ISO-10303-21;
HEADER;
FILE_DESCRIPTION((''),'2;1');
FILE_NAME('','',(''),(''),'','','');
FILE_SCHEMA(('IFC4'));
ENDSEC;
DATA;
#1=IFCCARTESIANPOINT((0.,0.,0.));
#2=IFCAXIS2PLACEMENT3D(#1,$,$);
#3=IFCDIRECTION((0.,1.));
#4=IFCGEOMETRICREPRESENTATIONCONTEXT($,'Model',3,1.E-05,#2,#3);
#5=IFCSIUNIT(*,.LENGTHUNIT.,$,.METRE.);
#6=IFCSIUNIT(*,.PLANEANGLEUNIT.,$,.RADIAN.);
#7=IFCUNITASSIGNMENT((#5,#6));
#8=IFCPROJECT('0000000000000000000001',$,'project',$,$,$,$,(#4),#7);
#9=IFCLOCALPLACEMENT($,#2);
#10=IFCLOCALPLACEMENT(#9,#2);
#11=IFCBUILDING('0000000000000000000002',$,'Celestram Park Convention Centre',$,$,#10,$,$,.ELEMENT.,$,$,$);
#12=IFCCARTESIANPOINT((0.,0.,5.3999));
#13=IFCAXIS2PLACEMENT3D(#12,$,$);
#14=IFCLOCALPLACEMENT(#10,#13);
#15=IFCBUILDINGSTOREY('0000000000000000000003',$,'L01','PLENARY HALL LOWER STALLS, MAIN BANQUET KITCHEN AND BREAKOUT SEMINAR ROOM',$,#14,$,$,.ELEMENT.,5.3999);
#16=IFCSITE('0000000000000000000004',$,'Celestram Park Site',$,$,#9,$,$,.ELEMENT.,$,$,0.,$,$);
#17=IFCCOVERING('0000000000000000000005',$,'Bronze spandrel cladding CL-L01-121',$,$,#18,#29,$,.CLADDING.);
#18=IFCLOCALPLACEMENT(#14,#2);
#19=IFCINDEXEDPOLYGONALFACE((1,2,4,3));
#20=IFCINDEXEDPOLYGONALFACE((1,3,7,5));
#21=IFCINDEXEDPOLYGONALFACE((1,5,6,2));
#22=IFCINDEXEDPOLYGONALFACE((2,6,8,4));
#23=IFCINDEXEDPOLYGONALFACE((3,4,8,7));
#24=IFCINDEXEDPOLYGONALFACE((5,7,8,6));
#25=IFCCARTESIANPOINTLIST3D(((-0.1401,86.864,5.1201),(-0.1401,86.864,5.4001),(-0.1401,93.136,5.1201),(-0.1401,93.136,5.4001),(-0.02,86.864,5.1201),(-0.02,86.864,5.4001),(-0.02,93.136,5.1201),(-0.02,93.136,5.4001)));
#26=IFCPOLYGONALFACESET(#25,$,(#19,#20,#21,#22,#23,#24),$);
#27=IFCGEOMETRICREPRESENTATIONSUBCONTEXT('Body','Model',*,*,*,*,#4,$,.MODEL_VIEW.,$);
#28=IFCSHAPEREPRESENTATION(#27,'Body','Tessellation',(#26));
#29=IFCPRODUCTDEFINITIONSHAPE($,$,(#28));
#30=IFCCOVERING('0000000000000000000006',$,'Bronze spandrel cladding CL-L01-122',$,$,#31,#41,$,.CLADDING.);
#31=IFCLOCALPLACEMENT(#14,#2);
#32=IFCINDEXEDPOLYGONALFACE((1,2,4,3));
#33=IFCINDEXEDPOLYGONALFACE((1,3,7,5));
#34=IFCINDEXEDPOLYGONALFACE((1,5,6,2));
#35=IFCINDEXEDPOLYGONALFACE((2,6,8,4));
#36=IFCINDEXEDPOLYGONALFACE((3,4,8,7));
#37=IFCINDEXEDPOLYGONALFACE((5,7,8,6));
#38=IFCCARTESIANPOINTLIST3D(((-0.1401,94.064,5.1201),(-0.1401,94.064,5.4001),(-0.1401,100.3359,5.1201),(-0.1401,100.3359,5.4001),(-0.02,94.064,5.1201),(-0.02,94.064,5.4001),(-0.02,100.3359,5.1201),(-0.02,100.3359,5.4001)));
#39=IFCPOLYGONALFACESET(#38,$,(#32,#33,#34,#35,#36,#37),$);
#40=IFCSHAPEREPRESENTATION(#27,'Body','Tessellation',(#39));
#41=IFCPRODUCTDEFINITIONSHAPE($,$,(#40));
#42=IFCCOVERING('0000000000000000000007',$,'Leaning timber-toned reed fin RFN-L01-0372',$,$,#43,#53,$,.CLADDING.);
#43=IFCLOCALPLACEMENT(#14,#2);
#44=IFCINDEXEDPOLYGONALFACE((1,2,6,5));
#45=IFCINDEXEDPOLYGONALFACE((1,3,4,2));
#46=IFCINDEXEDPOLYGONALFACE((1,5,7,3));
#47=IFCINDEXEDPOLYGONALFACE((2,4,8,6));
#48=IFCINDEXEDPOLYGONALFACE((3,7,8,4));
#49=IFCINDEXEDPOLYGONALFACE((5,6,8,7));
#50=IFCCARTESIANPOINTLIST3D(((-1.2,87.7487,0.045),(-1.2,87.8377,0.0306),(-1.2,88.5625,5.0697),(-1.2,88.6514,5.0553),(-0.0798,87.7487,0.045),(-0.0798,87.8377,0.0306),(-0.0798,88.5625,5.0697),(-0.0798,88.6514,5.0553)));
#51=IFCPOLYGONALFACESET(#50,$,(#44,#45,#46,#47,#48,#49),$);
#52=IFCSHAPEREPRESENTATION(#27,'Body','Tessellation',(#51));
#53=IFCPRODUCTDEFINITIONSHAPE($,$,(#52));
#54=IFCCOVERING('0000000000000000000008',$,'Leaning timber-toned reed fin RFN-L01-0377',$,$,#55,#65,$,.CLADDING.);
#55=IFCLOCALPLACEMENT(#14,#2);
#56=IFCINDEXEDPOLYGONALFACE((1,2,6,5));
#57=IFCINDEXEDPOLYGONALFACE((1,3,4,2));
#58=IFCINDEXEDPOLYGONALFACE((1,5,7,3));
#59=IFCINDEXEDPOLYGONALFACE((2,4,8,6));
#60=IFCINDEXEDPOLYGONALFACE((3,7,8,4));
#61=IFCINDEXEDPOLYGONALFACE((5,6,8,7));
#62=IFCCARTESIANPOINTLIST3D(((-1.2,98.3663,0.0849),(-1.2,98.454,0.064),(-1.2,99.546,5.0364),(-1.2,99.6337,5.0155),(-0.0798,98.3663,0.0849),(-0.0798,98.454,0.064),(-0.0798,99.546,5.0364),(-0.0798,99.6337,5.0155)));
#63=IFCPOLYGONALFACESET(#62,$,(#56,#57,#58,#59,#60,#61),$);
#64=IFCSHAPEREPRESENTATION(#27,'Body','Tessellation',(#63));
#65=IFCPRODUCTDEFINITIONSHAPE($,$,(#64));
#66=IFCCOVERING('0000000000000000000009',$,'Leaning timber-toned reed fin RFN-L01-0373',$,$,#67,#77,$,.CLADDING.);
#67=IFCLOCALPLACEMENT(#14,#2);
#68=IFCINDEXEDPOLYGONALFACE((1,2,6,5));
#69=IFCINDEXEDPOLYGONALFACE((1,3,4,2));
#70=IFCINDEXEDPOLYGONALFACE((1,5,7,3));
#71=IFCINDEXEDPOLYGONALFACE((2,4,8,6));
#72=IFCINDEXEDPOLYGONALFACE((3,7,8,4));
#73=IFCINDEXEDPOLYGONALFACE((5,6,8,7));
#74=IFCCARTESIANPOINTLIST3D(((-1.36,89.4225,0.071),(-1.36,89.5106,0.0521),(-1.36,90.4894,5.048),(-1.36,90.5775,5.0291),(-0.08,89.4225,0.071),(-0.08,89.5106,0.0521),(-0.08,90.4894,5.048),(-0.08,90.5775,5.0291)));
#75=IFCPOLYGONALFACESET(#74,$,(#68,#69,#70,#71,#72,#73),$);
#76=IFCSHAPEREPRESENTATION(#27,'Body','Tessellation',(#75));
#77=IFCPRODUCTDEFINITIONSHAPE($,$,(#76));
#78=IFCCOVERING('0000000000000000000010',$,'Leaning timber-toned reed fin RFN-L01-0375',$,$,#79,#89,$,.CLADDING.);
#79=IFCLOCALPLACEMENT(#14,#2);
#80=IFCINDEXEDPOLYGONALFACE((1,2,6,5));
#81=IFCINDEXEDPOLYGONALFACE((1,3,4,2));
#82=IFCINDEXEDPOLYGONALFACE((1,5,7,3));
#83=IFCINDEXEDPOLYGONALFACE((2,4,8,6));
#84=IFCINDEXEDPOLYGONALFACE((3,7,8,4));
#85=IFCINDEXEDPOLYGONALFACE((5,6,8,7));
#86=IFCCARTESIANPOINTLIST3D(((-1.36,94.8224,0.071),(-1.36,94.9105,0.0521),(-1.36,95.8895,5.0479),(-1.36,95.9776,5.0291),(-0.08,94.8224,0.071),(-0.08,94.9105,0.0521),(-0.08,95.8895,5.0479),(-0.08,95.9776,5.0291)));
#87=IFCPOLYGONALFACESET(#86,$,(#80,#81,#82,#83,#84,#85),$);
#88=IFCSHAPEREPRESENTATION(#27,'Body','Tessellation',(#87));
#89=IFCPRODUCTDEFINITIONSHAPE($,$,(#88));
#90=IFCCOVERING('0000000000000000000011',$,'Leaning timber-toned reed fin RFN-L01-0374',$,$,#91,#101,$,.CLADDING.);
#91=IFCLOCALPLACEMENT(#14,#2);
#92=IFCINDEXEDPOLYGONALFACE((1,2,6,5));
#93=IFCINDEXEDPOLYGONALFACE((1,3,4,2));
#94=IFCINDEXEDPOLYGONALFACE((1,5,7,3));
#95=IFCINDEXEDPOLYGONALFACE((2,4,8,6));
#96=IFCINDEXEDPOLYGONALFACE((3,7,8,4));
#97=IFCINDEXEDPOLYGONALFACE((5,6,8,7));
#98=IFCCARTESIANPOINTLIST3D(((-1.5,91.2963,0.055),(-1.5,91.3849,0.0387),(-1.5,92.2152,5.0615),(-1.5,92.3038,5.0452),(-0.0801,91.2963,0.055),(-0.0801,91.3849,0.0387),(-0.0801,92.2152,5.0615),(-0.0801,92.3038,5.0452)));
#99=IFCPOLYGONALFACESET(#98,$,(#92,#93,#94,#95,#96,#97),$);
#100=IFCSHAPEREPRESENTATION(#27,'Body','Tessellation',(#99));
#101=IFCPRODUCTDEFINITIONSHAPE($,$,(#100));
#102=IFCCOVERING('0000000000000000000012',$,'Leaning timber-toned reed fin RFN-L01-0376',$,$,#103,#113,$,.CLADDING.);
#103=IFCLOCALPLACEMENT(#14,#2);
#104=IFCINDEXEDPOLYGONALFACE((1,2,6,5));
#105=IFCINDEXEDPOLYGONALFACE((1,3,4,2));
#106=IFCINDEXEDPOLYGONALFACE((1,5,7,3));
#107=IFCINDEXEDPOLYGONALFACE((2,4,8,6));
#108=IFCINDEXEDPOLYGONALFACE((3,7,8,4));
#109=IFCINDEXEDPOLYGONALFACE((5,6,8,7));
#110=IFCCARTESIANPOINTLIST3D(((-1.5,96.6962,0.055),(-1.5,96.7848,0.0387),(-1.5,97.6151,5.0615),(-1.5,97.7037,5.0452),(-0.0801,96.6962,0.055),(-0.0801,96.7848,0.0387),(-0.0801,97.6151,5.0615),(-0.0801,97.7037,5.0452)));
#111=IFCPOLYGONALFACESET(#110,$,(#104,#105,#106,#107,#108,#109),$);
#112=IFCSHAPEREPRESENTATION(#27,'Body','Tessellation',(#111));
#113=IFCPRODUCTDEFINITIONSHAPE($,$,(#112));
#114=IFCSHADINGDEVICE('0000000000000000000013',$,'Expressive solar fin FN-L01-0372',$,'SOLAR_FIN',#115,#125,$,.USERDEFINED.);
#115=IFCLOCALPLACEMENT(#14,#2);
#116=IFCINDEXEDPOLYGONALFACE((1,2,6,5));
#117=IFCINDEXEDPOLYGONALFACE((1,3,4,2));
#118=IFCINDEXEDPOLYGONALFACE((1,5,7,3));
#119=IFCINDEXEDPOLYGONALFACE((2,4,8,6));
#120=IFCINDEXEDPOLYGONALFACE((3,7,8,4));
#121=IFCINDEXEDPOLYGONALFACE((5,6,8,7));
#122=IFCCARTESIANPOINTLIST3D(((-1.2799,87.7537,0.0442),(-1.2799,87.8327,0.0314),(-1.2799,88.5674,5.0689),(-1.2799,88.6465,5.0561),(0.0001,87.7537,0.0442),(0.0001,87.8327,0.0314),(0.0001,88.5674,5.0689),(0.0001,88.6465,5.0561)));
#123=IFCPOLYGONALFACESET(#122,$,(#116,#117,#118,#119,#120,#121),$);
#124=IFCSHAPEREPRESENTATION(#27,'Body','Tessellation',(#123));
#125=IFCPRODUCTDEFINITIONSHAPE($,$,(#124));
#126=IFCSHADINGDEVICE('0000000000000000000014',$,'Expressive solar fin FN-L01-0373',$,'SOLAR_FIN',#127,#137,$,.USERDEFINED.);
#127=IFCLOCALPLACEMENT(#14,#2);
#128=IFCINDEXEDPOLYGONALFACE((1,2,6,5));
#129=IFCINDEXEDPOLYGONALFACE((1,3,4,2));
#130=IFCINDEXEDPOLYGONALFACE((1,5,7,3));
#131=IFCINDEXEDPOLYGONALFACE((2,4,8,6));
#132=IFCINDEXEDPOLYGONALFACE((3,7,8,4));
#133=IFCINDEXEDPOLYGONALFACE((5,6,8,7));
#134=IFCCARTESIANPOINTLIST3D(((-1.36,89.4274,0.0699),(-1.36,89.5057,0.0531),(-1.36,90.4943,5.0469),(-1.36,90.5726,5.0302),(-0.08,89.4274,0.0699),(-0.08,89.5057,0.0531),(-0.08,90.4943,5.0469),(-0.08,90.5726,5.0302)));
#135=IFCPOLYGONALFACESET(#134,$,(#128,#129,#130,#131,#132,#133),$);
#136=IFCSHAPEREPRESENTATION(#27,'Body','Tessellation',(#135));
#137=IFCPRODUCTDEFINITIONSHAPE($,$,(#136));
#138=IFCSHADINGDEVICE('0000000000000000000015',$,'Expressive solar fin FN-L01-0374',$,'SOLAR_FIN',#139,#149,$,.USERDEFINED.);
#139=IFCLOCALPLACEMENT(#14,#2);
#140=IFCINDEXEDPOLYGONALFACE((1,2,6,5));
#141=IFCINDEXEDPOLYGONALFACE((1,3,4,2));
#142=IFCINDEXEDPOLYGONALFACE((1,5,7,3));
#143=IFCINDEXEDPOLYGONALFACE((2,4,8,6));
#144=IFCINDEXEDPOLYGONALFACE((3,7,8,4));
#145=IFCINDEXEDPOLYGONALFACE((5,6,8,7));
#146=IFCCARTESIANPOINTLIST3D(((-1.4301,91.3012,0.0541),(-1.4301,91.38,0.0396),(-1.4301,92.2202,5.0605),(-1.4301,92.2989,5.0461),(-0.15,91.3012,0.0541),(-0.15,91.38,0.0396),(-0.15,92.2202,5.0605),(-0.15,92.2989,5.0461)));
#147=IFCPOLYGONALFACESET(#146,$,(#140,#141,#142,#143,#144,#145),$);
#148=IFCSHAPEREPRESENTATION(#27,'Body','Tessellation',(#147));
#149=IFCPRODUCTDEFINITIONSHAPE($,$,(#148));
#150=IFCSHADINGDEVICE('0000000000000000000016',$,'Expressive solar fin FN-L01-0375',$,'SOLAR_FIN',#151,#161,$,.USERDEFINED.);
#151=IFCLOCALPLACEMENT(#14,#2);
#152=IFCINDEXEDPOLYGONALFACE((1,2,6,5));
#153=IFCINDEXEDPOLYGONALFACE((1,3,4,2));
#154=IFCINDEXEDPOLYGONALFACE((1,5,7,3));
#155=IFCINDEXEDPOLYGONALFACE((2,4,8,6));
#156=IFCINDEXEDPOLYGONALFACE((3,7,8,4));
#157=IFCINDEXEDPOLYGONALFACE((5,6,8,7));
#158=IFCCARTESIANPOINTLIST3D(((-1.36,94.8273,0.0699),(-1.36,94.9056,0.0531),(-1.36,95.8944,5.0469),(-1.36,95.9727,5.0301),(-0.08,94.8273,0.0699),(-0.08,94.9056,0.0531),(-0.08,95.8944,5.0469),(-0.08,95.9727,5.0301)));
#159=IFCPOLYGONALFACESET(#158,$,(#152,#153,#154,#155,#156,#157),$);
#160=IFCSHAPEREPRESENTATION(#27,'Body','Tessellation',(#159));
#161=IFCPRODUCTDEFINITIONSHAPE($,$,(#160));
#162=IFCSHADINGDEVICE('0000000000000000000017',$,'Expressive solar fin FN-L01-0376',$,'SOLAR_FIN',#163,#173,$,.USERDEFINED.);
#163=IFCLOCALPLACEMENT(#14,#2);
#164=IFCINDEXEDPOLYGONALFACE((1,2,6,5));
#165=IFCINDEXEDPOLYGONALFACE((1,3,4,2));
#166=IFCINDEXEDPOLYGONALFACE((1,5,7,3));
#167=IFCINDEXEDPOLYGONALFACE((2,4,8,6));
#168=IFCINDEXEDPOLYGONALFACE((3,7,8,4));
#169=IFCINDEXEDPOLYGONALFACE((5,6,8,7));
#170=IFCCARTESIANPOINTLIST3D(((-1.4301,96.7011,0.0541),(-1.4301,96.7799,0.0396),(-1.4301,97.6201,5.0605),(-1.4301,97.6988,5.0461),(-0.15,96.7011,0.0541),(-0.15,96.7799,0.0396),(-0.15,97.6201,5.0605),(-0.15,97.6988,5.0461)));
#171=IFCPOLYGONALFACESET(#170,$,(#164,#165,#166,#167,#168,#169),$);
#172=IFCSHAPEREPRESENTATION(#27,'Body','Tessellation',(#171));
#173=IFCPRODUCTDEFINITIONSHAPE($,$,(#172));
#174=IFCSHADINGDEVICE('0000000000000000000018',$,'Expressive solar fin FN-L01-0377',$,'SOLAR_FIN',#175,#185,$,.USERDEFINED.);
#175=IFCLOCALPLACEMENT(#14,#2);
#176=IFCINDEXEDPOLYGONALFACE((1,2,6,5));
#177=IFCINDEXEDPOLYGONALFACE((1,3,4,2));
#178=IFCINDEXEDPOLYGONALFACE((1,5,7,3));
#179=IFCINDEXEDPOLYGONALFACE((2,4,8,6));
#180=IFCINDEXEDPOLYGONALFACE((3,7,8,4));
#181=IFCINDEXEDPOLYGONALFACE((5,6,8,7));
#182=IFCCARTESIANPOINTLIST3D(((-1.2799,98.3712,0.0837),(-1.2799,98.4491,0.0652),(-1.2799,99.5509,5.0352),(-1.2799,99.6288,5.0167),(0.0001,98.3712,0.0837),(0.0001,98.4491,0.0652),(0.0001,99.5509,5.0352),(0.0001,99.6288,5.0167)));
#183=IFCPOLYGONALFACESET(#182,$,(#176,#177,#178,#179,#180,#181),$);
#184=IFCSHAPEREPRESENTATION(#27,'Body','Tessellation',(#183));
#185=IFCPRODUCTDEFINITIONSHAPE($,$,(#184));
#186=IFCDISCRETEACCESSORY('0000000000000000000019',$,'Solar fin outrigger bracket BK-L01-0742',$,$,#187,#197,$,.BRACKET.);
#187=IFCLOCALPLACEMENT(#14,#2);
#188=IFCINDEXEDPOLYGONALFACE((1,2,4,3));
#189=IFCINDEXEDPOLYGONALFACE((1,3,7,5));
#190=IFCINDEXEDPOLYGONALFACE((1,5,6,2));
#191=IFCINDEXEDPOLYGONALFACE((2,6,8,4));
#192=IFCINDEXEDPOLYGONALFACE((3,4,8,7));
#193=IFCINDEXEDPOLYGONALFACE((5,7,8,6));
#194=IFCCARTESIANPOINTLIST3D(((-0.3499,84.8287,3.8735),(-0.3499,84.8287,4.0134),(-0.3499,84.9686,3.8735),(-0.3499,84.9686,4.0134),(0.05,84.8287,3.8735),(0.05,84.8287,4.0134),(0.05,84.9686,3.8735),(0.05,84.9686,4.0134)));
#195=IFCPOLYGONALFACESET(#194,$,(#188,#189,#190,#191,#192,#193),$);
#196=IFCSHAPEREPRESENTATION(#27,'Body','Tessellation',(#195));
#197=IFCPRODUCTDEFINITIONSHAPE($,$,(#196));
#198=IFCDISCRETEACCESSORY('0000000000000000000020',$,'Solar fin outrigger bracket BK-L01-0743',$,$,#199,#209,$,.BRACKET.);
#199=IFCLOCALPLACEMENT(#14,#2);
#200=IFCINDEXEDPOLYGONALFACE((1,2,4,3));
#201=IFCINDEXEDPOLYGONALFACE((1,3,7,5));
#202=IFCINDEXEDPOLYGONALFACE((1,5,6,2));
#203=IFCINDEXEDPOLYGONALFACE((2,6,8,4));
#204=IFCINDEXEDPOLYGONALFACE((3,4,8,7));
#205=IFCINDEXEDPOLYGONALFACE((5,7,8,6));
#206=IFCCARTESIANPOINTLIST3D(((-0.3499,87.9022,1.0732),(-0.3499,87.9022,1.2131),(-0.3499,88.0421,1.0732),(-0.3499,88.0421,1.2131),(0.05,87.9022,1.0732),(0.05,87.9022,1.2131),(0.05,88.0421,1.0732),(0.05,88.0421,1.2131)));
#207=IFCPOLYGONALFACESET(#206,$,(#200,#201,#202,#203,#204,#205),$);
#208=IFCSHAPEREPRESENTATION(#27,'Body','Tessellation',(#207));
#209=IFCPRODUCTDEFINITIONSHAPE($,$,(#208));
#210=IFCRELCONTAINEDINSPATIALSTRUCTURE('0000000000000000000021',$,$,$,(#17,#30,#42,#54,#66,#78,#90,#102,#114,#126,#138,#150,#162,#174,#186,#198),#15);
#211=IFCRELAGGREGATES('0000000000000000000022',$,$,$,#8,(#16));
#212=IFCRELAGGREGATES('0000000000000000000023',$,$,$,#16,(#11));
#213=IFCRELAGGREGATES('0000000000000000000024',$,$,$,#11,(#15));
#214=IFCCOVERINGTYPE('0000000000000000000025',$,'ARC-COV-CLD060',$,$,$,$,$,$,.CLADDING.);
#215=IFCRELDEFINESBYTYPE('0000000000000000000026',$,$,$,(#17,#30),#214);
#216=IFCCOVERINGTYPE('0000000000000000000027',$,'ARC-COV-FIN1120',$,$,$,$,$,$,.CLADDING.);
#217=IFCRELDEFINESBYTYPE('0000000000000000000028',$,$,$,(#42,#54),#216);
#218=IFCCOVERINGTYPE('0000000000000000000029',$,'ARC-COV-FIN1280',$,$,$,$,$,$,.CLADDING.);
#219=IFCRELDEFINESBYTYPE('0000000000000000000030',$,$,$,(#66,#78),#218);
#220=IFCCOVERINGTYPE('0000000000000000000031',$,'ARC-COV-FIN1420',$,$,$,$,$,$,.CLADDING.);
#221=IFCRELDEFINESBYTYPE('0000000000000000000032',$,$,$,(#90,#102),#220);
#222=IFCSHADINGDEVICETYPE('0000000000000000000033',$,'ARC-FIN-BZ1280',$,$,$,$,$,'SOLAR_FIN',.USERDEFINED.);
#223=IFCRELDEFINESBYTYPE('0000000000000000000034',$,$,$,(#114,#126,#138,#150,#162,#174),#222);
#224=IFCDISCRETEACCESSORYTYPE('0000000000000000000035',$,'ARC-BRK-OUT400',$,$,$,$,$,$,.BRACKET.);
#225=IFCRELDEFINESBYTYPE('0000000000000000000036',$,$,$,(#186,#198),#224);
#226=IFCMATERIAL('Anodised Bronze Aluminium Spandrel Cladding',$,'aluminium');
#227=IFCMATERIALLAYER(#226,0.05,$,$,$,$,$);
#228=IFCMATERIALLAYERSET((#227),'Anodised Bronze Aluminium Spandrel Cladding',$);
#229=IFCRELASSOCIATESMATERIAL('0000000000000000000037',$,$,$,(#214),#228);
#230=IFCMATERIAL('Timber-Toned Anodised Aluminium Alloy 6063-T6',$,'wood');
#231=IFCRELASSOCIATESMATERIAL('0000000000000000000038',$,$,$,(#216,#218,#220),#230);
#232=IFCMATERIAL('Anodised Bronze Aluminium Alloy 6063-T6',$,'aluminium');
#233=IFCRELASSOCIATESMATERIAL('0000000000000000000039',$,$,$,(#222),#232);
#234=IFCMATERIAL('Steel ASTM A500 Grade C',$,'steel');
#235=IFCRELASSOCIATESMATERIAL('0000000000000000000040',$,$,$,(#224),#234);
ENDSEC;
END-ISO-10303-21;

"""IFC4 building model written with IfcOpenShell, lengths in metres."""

from ifc_helpers import new_model, si_unit, direction, frame, origin, origin_2d, place, context, subcontext, project, spatial, rectangle, extrude, material, layer, layer_set, material_profile, profile_set, type_object, element, save


model = new_model("IFC4")

# Units and contexts
model_context = context("Model", 3, precision=1e-05, world=origin(), true_north=direction((0.0, 1.0)))
body_context = subcontext(model_context, "Body", "Model", "MODEL_VIEW")
ifc_project = project(units=[si_unit("LENGTHUNIT", "METRE"), si_unit("PLANEANGLEUNIT", "RADIAN")], contexts=[model_context])

# Site, building, storey
site_placement = place(None, origin())
site = spatial("IfcSite", under=ifc_project, at=site_placement, Name="Celestram Park Site", CompositionType="ELEMENT", RefElevation=0.0)
building_placement = place(site_placement, origin())
building = spatial("IfcBuilding", under=site, at=building_placement, Name="Celestram Park Convention Centre", CompositionType="ELEMENT")
storey_placement = place(building_placement, frame((0.0, 0.0, 5.3999)))
storey = spatial("IfcBuildingStorey", under=building, at=storey_placement, Name="L01", Description="PLENARY HALL LOWER STALLS, MAIN BANQUET KITCHEN AND BREAKOUT SEMINAR ROOM", CompositionType="ELEMENT", Elevation=5.3999)

# Shared definitions
ifc_material_1 = material(Name="Steel ASTM A500 Grade C", Category="steel")

# Coverings
ifc_material_2 = material(Name="Anodised Bronze Aluminium Spandrel Cladding", Category="aluminium")
ifc_layer_1 = layer(ifc_material_2, 0.05)
ifc_layer_set_1 = layer_set([ifc_layer_1], Name="Anodised Bronze Aluminium Spandrel Cladding")
covering_type_1 = type_object("IfcCoveringType", Name="ARC-COV-CLD060", PredefinedType="CLADDING", material=ifc_layer_set_1)
for number, where, z_axis, x_axis, name in (
    (1, (-0.0801, 90.0, 5.1201), (0.0, 0.0, 1.0), (0.0, 1.0, 0.0), "Bronze spandrel cladding CL-L01-121"),
    (2, (-0.0801, 97.2, 5.1201), (0.0, 0.0, 1.0), (0.0, 1.0, 0.0), "Bronze spandrel cladding CL-L01-122"),
):
    element("IfcCovering", number, at=place(storey_placement, frame(where, z_axis=z_axis, x_axis=x_axis)), inside=storey, type_object=covering_type_1, Name=name, PredefinedType="CLADDING", context=body_context, shape_type="SweptSolid", body=[
        extrude(rectangle(XDim=6.272, YDim=0.1201, at=origin_2d()), origin(), (0.0, 0.0, 1.0), 0.28),
    ])
ifc_material_3 = material(Name="Timber-Toned Anodised Aluminium Alloy 6063-T6", Category="wood")
ifc_material_profile_1 = material_profile(ifc_material_3, rectangle(XDim=1.1201, YDim=0.0901, at=origin_2d()), Name="REED1120X90")
ifc_profile_set_1 = profile_set([ifc_material_profile_1], Name="Timber-Toned Anodised Aluminium Alloy 6063-T6")
covering_type_2 = type_object("IfcCoveringType", Name="ARC-COV-FIN1120", PredefinedType="CLADDING", material=ifc_profile_set_1)
for number, where, z_axis, x_axis, name in (
    (3, (-0.6399, 87.7932, 0.0378), (0.0, 0.159863, 0.987139), (-1.0, 0.0, 0.0), "Leaning timber-toned reed fin RFN-L01-0372"),
    (4, (-0.6399, 98.4102, 0.0745), (0.0, 0.231765, 0.972772), (-1.0, 0.0, 0.0), "Leaning timber-toned reed fin RFN-L01-0377"),
):
    element("IfcCovering", number, at=place(storey_placement, frame(where, z_axis=z_axis, x_axis=x_axis)), inside=storey, type_object=covering_type_2, Name=name, PredefinedType="CLADDING", context=body_context, shape_type="SweptSolid", body=[
        extrude(rectangle(XDim=1.1201, YDim=0.0901, at=origin_2d()), origin(), (0.0, 0.0, 1.0), 5.0901),
    ])
ifc_material_profile_2 = material_profile(ifc_material_3, rectangle(XDim=1.28, YDim=0.0901, at=origin_2d()), Name="REED1280X90")
ifc_profile_set_2 = profile_set([ifc_material_profile_2], Name="Timber-Toned Anodised Aluminium Alloy 6063-T6")
covering_type_3 = type_object("IfcCoveringType", Name="ARC-COV-FIN1280", PredefinedType="CLADDING", material=ifc_profile_set_2)
for number, where, z_axis, x_axis, name in (
    (5, (-0.72, 89.4666, 0.0615), (0.0, 0.209601, 0.977787), (-1.0, 0.0, 0.0), "Leaning timber-toned reed fin RFN-L01-0373"),
    (6, (-0.72, 94.8665, 0.0615), (0.0, 0.209647, 0.977777), (-1.0, 0.0, 0.0), "Leaning timber-toned reed fin RFN-L01-0375"),
):
    element("IfcCovering", number, at=place(storey_placement, frame(where, z_axis=z_axis, x_axis=x_axis)), inside=storey, type_object=covering_type_3, Name=name, PredefinedType="CLADDING", context=body_context, shape_type="SweptSolid", body=[
        extrude(rectangle(XDim=1.28, YDim=0.0901, at=origin_2d()), origin(), (0.0, 0.0, 1.0), 5.0901),
    ])
ifc_material_profile_3 = material_profile(ifc_material_3, rectangle(XDim=1.4199, YDim=0.0901, at=origin_2d()), Name="REED1420X90")
ifc_profile_set_3 = profile_set([ifc_material_profile_3], Name="Timber-Toned Anodised Aluminium Alloy 6063-T6")
covering_type_4 = type_object("IfcCoveringType", Name="ARC-COV-FIN1420", PredefinedType="CLADDING", material=ifc_profile_set_3)
for number, where, z_axis, x_axis, name in (
    (7, (-0.79, 91.3406, 0.0469), (0.0, 0.18054, 0.983568), (-1.0, 0.0, 0.0), "Leaning timber-toned reed fin RFN-L01-0374"),
    (8, (-0.79, 96.7405, 0.0469), (0.0, 0.18054, 0.983568), (-1.0, 0.0, 0.0), "Leaning timber-toned reed fin RFN-L01-0376"),
):
    element("IfcCovering", number, at=place(storey_placement, frame(where, z_axis=z_axis, x_axis=x_axis)), inside=storey, type_object=covering_type_4, Name=name, PredefinedType="CLADDING", context=body_context, shape_type="SweptSolid", body=[
        extrude(rectangle(XDim=1.4199, YDim=0.0901, at=origin_2d()), origin(), (0.0, 0.0, 1.0), 5.0901),
    ])

# Shading devices
ifc_material_4 = material(Name="Anodised Bronze Aluminium Alloy 6063-T6", Category="aluminium")
ifc_material_profile_4 = material_profile(ifc_material_4, rectangle(XDim=1.28, YDim=0.0801, at=origin_2d()), Name="FIN1280X80")
ifc_profile_set_4 = profile_set([ifc_material_profile_4], Name="Anodised Bronze Aluminium Alloy 6063-T6")
shading_device_type = type_object("IfcShadingDeviceType", Name="ARC-FIN-BZ1280", ElementType="SOLAR_FIN", PredefinedType="USERDEFINED", material=ifc_profile_set_4)
for number, where, z_axis, x_axis, name in (
    (9, (-0.6399, 87.7932, 0.0378), (0.0, 0.159863, 0.987139), (-1.0, 0.0, 0.0), "Expressive solar fin FN-L01-0372"),
    (10, (-0.72, 89.4666, 0.0615), (0.0, 0.209601, 0.977787), (-1.0, 0.0, 0.0), "Expressive solar fin FN-L01-0373"),
    (11, (-0.79, 91.3406, 0.0469), (0.0, 0.18054, 0.983568), (-1.0, 0.0, 0.0), "Expressive solar fin FN-L01-0374"),
    (12, (-0.72, 94.8665, 0.0615), (0.0, 0.209647, 0.977777), (-1.0, 0.0, 0.0), "Expressive solar fin FN-L01-0375"),
    (13, (-0.79, 96.7405, 0.0469), (0.0, 0.18054, 0.983568), (-1.0, 0.0, 0.0), "Expressive solar fin FN-L01-0376"),
    (14, (-0.6399, 98.4102, 0.0745), (0.0, 0.231765, 0.972772), (-1.0, 0.0, 0.0), "Expressive solar fin FN-L01-0377"),
):
    element("IfcShadingDevice", number, at=place(storey_placement, frame(where, z_axis=z_axis, x_axis=x_axis)), inside=storey, type_object=shading_device_type, Name=name, ObjectType="SOLAR_FIN", PredefinedType="USERDEFINED", context=body_context, shape_type="SweptSolid", body=[
        extrude(rectangle(XDim=1.28, YDim=0.0801, at=origin_2d()), origin(), (0.0, 0.0, 1.0), 5.0901),
    ])

# Discrete accessories
discrete_accessory_type = type_object("IfcDiscreteAccessoryType", Name="ARC-BRK-OUT400", PredefinedType="BRACKET", material=ifc_material_1)
for number, where, z_axis, x_axis, name in (
    (15, (-0.1499, 84.8987, 3.8735), (0.0, 0.0, 1.0), (-1.0, 0.0, 0.0), "Solar fin outrigger bracket BK-L01-0742"),
    (16, (-0.1499, 87.9722, 1.0732), (0.0, 0.0, 1.0), (-1.0, 0.0, 0.0), "Solar fin outrigger bracket BK-L01-0743"),
):
    element("IfcDiscreteAccessory", number, at=place(storey_placement, frame(where, z_axis=z_axis, x_axis=x_axis)), inside=storey, type_object=discrete_accessory_type, Name=name, PredefinedType="BRACKET", context=body_context, shape_type="SweptSolid", body=[
        extrude(rectangle(XDim=0.3999, YDim=0.1399, at=origin_2d()), origin(), (0.0, 0.0, 1.0), 0.1399),
    ])

save(model, "model.ifc")
